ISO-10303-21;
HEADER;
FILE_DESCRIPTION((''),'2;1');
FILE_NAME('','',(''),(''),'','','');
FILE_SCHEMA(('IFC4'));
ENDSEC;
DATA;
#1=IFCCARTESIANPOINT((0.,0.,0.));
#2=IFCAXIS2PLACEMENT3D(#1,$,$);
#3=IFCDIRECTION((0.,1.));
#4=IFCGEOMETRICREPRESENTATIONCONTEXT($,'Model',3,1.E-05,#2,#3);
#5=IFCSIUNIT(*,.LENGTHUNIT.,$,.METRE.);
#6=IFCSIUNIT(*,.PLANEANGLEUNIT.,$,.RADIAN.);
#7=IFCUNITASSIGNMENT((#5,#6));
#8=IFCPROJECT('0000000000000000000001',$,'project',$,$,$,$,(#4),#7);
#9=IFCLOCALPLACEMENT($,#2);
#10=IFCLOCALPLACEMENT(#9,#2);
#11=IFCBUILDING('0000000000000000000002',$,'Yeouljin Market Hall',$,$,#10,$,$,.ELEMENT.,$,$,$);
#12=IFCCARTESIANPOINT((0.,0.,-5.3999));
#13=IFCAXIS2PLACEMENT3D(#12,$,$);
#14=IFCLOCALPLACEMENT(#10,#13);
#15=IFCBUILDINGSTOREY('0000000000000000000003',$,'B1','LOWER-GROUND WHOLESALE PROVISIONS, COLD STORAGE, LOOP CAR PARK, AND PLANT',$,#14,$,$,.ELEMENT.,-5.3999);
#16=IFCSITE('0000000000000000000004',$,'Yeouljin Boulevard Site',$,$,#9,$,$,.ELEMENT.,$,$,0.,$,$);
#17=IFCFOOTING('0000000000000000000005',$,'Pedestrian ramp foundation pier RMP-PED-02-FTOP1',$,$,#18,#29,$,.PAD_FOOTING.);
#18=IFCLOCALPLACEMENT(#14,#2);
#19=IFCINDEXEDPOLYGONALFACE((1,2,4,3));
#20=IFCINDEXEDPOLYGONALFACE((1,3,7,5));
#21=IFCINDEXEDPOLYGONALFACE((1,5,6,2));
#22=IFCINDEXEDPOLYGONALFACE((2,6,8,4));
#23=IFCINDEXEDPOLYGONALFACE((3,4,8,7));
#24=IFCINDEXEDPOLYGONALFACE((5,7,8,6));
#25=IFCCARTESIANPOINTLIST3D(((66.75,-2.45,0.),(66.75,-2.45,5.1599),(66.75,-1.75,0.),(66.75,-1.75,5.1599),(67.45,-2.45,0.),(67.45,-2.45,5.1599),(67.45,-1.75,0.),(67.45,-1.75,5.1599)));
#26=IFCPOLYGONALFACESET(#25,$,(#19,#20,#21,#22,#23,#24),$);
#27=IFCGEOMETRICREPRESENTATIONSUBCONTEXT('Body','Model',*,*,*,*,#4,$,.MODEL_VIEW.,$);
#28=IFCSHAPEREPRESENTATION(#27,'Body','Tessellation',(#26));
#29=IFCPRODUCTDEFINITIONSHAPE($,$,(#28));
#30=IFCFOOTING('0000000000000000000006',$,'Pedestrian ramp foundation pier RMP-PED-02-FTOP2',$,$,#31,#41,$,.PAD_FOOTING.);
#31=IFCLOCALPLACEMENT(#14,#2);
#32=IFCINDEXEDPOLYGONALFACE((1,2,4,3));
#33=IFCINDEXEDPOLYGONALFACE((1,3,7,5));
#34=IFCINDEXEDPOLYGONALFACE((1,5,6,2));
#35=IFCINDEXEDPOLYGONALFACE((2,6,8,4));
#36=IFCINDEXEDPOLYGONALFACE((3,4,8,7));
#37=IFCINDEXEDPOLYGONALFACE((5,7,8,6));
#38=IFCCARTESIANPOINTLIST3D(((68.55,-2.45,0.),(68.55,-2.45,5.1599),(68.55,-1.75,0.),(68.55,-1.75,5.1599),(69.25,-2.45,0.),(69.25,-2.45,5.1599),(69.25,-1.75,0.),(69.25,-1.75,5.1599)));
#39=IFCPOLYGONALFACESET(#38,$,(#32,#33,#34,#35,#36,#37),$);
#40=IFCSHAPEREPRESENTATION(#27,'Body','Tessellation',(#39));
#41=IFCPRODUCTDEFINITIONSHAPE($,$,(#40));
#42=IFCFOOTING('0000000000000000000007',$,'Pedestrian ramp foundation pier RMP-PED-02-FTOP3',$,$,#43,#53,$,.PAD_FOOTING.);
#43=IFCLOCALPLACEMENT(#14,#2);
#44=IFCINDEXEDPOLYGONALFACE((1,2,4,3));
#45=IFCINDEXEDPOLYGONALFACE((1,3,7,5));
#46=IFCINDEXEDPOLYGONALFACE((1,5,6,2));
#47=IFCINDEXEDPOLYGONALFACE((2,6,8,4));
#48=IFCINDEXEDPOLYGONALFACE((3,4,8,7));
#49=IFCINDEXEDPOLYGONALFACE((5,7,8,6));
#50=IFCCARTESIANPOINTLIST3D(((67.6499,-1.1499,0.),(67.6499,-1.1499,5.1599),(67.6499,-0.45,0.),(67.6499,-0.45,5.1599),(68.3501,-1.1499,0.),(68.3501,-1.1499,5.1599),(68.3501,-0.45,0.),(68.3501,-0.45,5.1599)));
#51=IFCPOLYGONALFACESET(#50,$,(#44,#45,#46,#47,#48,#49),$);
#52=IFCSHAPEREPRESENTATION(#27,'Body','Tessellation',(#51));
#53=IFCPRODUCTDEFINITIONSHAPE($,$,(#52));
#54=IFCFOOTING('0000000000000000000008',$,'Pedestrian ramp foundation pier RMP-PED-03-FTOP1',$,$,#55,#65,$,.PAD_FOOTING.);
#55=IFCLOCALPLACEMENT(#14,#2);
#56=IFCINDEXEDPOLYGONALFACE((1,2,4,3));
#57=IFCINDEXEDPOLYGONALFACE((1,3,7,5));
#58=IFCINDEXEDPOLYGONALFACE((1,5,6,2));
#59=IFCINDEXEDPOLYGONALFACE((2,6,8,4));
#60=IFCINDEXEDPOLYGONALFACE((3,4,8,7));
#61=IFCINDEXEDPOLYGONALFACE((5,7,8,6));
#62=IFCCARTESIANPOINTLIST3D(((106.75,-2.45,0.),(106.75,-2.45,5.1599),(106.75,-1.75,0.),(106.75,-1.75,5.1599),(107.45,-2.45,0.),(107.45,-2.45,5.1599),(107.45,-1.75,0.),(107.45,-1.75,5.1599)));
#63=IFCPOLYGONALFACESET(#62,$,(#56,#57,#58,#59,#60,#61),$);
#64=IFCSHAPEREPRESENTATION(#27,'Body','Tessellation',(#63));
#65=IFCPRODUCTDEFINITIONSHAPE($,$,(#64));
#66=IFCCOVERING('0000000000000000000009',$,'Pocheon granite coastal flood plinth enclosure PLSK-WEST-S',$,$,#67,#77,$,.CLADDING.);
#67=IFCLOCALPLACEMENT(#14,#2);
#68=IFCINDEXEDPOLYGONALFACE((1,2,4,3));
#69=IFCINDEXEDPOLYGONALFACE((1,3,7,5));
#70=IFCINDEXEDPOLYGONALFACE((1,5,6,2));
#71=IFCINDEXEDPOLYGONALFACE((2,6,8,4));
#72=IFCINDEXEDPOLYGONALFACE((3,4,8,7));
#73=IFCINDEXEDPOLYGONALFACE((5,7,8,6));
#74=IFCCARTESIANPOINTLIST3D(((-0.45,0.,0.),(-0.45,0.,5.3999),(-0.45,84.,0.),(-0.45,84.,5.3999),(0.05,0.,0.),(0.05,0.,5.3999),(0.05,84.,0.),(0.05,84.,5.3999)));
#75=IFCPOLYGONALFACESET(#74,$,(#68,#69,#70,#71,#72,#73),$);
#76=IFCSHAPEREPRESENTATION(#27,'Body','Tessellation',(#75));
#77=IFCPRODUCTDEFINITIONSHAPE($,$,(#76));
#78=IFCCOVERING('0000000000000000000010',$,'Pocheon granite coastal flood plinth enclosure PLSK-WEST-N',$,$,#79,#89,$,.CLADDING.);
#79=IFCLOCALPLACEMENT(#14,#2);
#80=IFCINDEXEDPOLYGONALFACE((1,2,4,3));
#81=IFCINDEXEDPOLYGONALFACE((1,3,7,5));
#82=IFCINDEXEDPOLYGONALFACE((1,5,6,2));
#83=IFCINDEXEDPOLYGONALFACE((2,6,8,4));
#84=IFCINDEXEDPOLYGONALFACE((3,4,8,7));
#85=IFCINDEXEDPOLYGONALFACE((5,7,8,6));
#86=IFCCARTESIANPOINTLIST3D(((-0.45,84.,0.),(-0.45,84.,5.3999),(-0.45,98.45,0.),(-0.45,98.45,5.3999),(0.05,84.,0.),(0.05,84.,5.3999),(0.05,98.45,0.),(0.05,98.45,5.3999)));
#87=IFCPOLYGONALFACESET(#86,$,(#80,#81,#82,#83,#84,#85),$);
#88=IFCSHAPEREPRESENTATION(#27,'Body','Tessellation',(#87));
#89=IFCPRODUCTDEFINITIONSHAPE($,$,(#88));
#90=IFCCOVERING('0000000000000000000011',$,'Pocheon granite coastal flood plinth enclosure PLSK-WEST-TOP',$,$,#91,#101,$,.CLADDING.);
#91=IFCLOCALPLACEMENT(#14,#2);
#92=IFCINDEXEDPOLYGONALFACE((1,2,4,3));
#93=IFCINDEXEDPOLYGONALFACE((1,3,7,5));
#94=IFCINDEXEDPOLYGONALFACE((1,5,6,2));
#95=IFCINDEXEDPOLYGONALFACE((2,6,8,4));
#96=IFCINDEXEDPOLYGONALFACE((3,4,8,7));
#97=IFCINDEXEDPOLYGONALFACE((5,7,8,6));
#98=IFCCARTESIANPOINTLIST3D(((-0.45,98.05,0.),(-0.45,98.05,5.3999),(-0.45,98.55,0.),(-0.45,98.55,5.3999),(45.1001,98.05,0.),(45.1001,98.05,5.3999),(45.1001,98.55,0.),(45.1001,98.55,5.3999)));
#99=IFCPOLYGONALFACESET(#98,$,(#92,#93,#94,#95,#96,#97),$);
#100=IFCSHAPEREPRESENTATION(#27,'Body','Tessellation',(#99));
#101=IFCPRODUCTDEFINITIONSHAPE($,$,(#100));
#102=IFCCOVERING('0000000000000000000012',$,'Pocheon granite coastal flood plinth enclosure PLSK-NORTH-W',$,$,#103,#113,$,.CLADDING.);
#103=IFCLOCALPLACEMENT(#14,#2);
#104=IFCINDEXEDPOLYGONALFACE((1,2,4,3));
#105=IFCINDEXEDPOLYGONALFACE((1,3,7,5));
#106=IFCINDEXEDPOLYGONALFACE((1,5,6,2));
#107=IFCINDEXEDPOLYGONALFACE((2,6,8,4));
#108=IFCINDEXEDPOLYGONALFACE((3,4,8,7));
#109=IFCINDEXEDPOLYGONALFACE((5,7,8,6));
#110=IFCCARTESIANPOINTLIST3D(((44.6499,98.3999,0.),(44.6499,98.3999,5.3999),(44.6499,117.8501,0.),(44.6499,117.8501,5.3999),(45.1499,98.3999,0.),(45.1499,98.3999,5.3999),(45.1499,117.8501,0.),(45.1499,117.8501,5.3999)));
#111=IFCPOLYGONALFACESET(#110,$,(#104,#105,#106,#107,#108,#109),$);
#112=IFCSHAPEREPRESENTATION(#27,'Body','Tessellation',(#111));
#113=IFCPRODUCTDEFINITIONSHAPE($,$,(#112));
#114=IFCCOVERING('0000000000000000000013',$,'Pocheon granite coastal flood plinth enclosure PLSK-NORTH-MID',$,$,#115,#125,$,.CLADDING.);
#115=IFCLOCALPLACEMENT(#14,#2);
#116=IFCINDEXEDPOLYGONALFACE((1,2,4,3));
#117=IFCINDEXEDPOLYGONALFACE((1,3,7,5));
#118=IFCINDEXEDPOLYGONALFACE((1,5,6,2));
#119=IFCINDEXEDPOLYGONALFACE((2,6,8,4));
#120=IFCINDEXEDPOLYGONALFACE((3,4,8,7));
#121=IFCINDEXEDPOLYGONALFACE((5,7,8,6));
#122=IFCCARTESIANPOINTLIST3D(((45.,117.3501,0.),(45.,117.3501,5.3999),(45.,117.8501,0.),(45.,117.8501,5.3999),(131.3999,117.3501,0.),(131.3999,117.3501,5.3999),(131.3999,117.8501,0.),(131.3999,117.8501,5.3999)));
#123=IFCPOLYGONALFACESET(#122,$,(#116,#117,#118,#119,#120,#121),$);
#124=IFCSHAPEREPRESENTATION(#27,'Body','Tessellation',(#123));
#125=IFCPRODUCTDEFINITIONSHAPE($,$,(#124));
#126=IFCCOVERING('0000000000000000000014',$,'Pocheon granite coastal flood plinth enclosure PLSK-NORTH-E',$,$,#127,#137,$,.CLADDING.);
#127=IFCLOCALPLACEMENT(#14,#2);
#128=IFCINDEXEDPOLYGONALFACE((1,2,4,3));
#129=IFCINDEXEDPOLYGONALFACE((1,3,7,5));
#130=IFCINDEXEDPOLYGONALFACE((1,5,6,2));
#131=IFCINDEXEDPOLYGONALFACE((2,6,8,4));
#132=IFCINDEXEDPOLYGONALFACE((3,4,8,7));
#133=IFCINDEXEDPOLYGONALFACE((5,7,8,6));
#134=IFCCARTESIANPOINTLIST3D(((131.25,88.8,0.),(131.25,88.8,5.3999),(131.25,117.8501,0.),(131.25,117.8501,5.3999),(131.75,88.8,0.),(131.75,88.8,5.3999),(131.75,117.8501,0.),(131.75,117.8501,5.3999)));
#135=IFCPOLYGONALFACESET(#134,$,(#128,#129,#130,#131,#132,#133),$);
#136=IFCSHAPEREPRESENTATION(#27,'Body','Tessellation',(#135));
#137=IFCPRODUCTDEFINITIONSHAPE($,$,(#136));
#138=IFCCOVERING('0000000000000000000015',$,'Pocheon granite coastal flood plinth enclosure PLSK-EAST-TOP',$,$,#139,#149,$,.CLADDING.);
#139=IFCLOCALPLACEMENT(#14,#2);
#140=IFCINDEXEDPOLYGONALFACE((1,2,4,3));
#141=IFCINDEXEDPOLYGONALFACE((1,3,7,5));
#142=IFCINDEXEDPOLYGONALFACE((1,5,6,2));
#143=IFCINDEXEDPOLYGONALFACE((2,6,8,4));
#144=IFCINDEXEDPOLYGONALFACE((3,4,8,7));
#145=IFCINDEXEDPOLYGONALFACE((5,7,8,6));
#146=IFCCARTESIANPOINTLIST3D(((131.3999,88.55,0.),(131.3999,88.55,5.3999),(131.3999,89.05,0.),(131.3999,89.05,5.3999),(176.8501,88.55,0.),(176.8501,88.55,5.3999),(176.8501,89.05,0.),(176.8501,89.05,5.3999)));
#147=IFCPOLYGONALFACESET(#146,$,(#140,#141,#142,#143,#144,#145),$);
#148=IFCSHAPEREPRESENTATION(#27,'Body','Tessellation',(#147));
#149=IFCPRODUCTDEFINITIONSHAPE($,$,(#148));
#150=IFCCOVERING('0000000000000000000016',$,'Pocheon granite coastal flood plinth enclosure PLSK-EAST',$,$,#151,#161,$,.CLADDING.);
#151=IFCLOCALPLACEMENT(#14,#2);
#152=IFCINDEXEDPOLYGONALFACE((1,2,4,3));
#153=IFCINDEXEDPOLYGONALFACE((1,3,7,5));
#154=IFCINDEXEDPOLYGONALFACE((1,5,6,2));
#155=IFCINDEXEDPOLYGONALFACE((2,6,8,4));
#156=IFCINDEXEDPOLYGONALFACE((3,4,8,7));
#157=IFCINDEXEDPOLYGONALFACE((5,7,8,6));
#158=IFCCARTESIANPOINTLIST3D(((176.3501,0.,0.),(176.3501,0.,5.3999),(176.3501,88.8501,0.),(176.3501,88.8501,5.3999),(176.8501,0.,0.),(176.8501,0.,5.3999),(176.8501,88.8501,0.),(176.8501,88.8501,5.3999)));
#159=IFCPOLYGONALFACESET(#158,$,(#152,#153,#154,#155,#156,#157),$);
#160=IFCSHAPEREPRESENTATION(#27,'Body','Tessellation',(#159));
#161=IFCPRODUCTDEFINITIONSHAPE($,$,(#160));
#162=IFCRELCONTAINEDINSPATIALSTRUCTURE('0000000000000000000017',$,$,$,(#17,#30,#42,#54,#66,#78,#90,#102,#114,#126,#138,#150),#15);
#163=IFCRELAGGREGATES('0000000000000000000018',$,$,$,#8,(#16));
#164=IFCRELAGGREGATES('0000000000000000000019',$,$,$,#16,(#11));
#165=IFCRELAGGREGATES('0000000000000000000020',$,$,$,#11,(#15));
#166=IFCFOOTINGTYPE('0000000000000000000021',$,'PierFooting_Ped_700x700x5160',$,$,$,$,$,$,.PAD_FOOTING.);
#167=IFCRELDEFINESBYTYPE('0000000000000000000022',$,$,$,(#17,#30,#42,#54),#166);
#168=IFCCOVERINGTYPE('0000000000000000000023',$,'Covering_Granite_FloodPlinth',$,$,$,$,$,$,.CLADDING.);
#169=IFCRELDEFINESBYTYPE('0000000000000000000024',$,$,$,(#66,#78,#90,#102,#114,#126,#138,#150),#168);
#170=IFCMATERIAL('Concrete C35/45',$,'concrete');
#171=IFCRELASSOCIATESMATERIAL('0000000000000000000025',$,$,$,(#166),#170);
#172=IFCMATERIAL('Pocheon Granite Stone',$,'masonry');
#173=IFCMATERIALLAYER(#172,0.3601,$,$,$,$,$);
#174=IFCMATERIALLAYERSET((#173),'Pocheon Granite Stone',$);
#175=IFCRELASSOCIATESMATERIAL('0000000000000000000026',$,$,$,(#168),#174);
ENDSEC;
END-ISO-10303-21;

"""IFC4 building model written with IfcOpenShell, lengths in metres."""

from ifc_helpers import new_model, si_unit, direction, frame, origin, place, context, subcontext, project, spatial, polyline, outline, extrude, material, layer, layer_set, type_object, element, save


model = new_model("IFC4")

# Units and contexts
model_context = context("Model", 3, precision=1e-05, world=origin(), true_north=direction((0.0, 1.0)))
body_context = subcontext(model_context, "Body", "Model", "MODEL_VIEW")
ifc_project = project(units=[si_unit("LENGTHUNIT", "METRE"), si_unit("PLANEANGLEUNIT", "RADIAN")], contexts=[model_context])

# Site, building, storey
site_placement = place(None, origin())
site = spatial("IfcSite", under=ifc_project, at=site_placement, Name="Yeouljin Boulevard Site", CompositionType="ELEMENT", RefElevation=0.0)
building_placement = place(site_placement, origin())
building = spatial("IfcBuilding", under=site, at=building_placement, Name="Yeouljin Market Hall", CompositionType="ELEMENT")
storey_placement = place(building_placement, frame((0.0, 0.0, -5.3999)))
storey = spatial("IfcBuildingStorey", under=building, at=storey_placement, Name="B1", Description="LOWER-GROUND WHOLESALE PROVISIONS, COLD STORAGE, LOOP CAR PARK, AND PLANT", CompositionType="ELEMENT", Elevation=-5.3999)

# Footings
ifc_material_1 = material(Name="Concrete C35/45", Category="concrete")
footing_type_1 = type_object("IfcFootingType", Name="PierFooting_Ped_700x700x5160", PredefinedType="PAD_FOOTING", material=ifc_material_1)
footing_1_placement = place(storey_placement, origin())
element("IfcFooting", 1, at=footing_1_placement, inside=storey, type_object=footing_type_1, Name="Pedestrian ramp foundation pier RMP-PED-02-FTOP1", PredefinedType="PAD_FOOTING", context=body_context, shape_type="SweptSolid", body=[
    extrude(outline(polyline([(66.75, -2.45), (67.45, -2.45), (67.45, -1.75), (66.75, -1.75), (66.75, -2.45)])), origin(), (0.0, 0.0, 1.0), 5.1599),
])
footing_2_placement = place(storey_placement, origin())
element("IfcFooting", 2, at=footing_2_placement, inside=storey, type_object=footing_type_1, Name="Pedestrian ramp foundation pier RMP-PED-02-FTOP2", PredefinedType="PAD_FOOTING", context=body_context, shape_type="SweptSolid", body=[
    extrude(outline(polyline([(68.55, -2.45), (69.25, -2.45), (69.25, -1.75), (68.55, -1.75), (68.55, -2.45)])), origin(), (0.0, 0.0, 1.0), 5.1599),
])
footing_3_placement = place(storey_placement, origin())
element("IfcFooting", 3, at=footing_3_placement, inside=storey, type_object=footing_type_1, Name="Pedestrian ramp foundation pier RMP-PED-02-FTOP3", PredefinedType="PAD_FOOTING", context=body_context, shape_type="SweptSolid", body=[
    extrude(outline(polyline([(67.6499, -1.1499), (68.3501, -1.1499), (68.3501, -0.45), (67.6499, -0.45), (67.6499, -1.1499)])), origin(), (0.0, 0.0, 1.0), 5.1599),
])
footing_4_placement = place(storey_placement, origin())
element("IfcFooting", 4, at=footing_4_placement, inside=storey, type_object=footing_type_1, Name="Pedestrian ramp foundation pier RMP-PED-03-FTOP1", PredefinedType="PAD_FOOTING", context=body_context, shape_type="SweptSolid", body=[
    extrude(outline(polyline([(106.75, -2.45), (107.45, -2.45), (107.45, -1.75), (106.75, -1.75), (106.75, -2.45)])), origin(), (0.0, 0.0, 1.0), 5.1599),
])

# Coverings
ifc_material_2 = material(Name="Pocheon Granite Stone", Category="masonry")
ifc_layer = layer(ifc_material_2, 0.3601)
ifc_layer_set = layer_set([ifc_layer], Name="Pocheon Granite Stone")
covering_type = type_object("IfcCoveringType", Name="Covering_Granite_FloodPlinth", PredefinedType="CLADDING", material=ifc_layer_set)
covering_1_placement = place(storey_placement, origin())
element("IfcCovering", 5, at=covering_1_placement, inside=storey, type_object=covering_type, Name="Pocheon granite coastal flood plinth enclosure PLSK-WEST-S", PredefinedType="CLADDING", context=body_context, shape_type="SweptSolid", body=[
    extrude(outline(polyline([(-0.45, 0.0), (0.05, 0.0), (0.05, 84.0), (-0.45, 84.0), (-0.45, 0.0)])), origin(), (0.0, 0.0, 1.0), 5.3999),
])
covering_2_placement = place(storey_placement, origin())
element("IfcCovering", 6, at=covering_2_placement, inside=storey, type_object=covering_type, Name="Pocheon granite coastal flood plinth enclosure PLSK-WEST-N", PredefinedType="CLADDING", context=body_context, shape_type="SweptSolid", body=[
    extrude(outline(polyline([(-0.45, 84.0), (0.05, 84.0), (0.05, 98.45), (-0.45, 98.45), (-0.45, 84.0)])), origin(), (0.0, 0.0, 1.0), 5.3999),
])
covering_3_placement = place(storey_placement, origin())
element("IfcCovering", 7, at=covering_3_placement, inside=storey, type_object=covering_type, Name="Pocheon granite coastal flood plinth enclosure PLSK-WEST-TOP", PredefinedType="CLADDING", context=body_context, shape_type="SweptSolid", body=[
    extrude(outline(polyline([(-0.45, 98.05), (45.1001, 98.05), (45.1001, 98.55), (-0.45, 98.55), (-0.45, 98.05)])), origin(), (0.0, 0.0, 1.0), 5.3999),
])
covering_4_placement = place(storey_placement, origin())
element("IfcCovering", 8, at=covering_4_placement, inside=storey, type_object=covering_type, Name="Pocheon granite coastal flood plinth enclosure PLSK-NORTH-W", PredefinedType="CLADDING", context=body_context, shape_type="SweptSolid", body=[
    extrude(outline(polyline([(44.6499, 98.3999), (45.1499, 98.3999), (45.1499, 117.8501), (44.6499, 117.8501), (44.6499, 98.3999)])), origin(), (0.0, 0.0, 1.0), 5.3999),
])
covering_5_placement = place(storey_placement, origin())
element("IfcCovering", 9, at=covering_5_placement, inside=storey, type_object=covering_type, Name="Pocheon granite coastal flood plinth enclosure PLSK-NORTH-MID", PredefinedType="CLADDING", context=body_context, shape_type="SweptSolid", body=[
    extrude(outline(polyline([(45.0, 117.3501), (131.3999, 117.3501), (131.3999, 117.8501), (45.0, 117.8501), (45.0, 117.3501)])), origin(), (0.0, 0.0, 1.0), 5.3999),
])
covering_6_placement = place(storey_placement, origin())
element("IfcCovering", 10, at=covering_6_placement, inside=storey, type_object=covering_type, Name="Pocheon granite coastal flood plinth enclosure PLSK-NORTH-E", PredefinedType="CLADDING", context=body_context, shape_type="SweptSolid", body=[
    extrude(outline(polyline([(131.25, 88.8), (131.75, 88.8), (131.75, 117.8501), (131.25, 117.8501), (131.25, 88.8)])), origin(), (0.0, 0.0, 1.0), 5.3999),
])
covering_7_placement = place(storey_placement, origin())
element("IfcCovering", 11, at=covering_7_placement, inside=storey, type_object=covering_type, Name="Pocheon granite coastal flood plinth enclosure PLSK-EAST-TOP", PredefinedType="CLADDING", context=body_context, shape_type="SweptSolid", body=[
    extrude(outline(polyline([(131.3999, 88.55), (176.8501, 88.55), (176.8501, 89.05), (131.3999, 89.05), (131.3999, 88.55)])), origin(), (0.0, 0.0, 1.0), 5.3999),
])
covering_8_placement = place(storey_placement, origin())
element("IfcCovering", 12, at=covering_8_placement, inside=storey, type_object=covering_type, Name="Pocheon granite coastal flood plinth enclosure PLSK-EAST", PredefinedType="CLADDING", context=body_context, shape_type="SweptSolid", body=[
    extrude(outline(polyline([(176.3501, 0.0), (176.8501, 0.0), (176.8501, 88.8501), (176.3501, 88.8501), (176.3501, 0.0)])), origin(), (0.0, 0.0, 1.0), 5.3999),
])

save(model, "model.ifc")
